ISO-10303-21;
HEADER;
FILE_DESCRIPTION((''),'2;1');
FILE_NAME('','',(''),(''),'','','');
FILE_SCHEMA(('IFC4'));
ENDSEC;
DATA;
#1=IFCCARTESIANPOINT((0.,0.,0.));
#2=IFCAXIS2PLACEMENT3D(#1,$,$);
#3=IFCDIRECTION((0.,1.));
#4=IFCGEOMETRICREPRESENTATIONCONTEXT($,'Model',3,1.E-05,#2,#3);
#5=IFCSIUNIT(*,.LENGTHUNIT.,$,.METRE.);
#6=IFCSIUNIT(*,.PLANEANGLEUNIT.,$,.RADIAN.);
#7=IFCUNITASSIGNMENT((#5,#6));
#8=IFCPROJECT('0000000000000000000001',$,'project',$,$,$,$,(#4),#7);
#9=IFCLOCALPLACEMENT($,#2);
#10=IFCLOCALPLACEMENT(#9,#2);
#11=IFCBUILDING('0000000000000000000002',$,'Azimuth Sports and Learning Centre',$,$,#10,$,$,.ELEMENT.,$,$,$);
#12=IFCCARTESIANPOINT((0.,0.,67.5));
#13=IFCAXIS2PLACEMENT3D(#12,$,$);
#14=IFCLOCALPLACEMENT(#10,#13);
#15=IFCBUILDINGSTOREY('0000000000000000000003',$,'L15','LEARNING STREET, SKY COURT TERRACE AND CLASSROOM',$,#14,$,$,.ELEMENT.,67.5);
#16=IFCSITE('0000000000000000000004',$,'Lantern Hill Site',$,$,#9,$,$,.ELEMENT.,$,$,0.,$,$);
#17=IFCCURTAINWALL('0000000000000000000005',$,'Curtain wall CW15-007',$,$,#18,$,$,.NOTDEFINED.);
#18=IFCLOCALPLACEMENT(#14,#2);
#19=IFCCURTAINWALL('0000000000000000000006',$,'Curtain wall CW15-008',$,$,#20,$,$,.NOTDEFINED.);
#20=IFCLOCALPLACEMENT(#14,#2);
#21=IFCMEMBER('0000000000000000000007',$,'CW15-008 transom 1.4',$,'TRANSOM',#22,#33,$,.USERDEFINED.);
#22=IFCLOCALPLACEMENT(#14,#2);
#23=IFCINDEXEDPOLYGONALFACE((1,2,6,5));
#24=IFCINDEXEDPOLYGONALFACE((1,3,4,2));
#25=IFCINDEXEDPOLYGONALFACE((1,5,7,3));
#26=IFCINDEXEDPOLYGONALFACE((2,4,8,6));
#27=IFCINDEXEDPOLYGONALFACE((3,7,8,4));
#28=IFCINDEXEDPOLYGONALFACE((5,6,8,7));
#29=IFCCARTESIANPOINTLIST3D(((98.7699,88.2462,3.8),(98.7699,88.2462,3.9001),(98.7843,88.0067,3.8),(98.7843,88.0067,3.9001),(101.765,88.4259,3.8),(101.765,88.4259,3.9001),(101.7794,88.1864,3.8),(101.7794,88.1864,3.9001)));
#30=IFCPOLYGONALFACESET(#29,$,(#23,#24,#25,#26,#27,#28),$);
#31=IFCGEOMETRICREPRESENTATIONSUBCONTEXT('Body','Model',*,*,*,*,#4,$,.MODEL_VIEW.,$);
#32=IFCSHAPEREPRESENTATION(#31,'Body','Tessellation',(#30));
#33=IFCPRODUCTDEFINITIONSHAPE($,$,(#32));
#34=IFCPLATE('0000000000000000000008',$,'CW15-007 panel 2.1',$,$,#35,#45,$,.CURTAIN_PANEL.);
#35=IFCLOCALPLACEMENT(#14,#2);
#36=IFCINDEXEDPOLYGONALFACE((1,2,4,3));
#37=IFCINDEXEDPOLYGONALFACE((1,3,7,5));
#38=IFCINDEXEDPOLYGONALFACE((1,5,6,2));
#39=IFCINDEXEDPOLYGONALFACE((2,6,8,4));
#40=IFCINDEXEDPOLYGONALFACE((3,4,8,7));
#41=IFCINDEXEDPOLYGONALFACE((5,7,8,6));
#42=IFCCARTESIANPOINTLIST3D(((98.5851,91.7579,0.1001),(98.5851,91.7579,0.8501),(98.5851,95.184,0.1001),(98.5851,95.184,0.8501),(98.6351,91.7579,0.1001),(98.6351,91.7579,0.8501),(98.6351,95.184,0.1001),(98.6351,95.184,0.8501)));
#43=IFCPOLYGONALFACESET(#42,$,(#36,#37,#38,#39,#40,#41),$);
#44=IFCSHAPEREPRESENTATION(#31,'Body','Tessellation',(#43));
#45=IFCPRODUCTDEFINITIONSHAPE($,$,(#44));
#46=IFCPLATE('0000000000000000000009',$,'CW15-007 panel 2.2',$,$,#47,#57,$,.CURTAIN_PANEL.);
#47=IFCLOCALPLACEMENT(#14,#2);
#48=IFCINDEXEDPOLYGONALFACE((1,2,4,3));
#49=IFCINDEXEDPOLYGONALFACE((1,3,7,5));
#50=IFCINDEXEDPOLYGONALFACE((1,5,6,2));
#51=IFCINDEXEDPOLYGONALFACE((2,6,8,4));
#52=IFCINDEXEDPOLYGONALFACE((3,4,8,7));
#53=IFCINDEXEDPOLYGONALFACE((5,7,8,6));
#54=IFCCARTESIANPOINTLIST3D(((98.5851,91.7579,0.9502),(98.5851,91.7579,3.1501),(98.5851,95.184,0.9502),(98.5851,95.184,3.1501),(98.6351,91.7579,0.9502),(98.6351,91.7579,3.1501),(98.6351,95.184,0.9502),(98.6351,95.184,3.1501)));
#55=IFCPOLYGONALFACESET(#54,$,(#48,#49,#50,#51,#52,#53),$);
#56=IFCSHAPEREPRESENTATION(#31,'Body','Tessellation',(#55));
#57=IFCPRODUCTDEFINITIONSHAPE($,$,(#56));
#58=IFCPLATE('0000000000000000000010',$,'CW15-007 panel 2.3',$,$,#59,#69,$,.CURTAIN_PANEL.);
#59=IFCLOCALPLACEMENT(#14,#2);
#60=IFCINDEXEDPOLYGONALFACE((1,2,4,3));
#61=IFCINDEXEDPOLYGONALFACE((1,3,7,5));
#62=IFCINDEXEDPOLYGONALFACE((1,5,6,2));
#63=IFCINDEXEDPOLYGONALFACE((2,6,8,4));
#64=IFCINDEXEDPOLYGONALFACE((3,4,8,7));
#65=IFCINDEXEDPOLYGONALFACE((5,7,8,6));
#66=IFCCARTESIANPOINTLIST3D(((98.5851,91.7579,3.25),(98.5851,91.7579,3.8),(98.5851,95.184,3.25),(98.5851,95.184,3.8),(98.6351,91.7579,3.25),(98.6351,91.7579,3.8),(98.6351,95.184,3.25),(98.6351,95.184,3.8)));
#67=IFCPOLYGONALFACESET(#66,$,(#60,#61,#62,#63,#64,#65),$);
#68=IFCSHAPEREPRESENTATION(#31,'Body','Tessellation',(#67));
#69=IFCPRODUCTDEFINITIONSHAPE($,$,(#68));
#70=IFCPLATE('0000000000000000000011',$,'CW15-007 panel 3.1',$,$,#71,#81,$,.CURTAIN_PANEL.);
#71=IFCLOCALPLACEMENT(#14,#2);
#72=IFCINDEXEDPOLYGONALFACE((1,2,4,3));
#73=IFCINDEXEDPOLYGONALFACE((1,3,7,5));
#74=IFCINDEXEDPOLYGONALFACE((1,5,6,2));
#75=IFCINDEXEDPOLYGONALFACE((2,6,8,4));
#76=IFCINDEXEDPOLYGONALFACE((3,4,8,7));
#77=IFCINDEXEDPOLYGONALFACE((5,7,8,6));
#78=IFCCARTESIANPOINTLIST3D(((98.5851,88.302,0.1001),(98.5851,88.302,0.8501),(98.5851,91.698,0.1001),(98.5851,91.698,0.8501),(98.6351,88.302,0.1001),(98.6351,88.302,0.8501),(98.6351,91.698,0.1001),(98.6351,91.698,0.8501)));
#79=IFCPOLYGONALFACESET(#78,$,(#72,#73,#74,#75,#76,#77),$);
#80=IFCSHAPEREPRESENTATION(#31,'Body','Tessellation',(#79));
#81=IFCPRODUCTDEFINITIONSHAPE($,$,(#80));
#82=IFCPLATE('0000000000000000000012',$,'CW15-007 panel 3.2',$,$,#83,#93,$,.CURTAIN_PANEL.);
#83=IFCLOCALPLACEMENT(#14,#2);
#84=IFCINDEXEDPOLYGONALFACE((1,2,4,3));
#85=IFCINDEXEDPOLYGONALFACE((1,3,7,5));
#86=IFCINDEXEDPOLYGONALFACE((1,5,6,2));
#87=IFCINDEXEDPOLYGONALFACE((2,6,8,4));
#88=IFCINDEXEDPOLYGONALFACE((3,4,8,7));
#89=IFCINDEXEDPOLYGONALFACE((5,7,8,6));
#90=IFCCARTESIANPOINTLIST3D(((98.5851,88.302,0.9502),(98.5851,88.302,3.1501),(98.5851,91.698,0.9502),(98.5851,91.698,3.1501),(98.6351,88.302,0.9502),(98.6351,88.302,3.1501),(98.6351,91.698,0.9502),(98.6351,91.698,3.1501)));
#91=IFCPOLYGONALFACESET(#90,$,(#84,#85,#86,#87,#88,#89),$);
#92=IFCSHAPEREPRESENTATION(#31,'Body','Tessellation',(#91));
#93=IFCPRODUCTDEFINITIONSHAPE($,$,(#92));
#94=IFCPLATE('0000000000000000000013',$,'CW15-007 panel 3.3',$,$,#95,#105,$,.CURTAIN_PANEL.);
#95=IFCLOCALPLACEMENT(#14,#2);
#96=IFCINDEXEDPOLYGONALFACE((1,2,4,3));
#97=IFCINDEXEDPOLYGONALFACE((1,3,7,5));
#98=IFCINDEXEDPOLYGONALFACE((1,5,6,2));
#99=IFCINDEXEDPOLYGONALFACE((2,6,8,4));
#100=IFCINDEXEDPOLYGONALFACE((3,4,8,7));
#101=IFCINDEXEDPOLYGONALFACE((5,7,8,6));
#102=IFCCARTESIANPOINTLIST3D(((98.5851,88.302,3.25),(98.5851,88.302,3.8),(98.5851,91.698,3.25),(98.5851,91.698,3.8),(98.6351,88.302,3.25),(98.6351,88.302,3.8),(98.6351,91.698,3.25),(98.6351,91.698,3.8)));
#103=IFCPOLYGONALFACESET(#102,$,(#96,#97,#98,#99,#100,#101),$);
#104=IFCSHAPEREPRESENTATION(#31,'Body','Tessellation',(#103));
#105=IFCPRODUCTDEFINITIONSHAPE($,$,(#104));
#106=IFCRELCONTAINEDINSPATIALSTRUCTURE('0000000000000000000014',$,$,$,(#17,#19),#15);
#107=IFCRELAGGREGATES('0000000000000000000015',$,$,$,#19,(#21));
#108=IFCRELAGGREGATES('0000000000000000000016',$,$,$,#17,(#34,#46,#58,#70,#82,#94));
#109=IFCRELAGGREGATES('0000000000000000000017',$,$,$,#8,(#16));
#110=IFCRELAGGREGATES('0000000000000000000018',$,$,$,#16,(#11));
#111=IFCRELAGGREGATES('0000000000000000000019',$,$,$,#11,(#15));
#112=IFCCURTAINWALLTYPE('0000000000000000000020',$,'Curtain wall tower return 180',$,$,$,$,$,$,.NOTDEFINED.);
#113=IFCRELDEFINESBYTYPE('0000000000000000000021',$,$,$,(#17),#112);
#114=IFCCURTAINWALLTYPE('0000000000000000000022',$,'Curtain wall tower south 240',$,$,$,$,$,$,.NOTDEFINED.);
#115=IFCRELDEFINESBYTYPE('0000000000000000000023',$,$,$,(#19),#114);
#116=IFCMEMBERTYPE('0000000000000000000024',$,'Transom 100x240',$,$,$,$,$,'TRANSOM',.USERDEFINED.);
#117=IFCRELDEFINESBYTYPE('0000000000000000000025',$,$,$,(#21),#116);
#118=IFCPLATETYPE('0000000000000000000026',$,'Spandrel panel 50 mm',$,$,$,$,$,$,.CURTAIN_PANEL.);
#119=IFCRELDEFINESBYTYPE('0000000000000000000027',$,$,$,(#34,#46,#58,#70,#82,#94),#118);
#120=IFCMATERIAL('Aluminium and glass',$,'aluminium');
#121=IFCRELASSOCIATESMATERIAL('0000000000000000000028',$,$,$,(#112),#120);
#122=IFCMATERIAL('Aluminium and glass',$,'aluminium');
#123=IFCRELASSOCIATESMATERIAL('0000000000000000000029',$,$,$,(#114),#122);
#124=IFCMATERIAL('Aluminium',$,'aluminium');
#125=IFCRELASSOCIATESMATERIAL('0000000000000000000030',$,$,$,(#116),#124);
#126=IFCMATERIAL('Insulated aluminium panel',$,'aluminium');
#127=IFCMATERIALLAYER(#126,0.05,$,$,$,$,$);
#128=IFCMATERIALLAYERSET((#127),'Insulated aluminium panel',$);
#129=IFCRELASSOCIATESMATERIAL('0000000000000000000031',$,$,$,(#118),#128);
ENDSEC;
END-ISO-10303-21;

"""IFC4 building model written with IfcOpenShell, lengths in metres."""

from ifc_helpers import new_model, si_unit, direction, frame, origin, origin_2d, place, context, subcontext, project, spatial, rectangle, extrude, material, layer, layer_set, material_profile, profile_set, type_object, element, aggregate, save


model = new_model("IFC4")

# Units and contexts
model_context = context("Model", 3, precision=1e-05, world=origin(), true_north=direction((0.0, 1.0)))
body_context = subcontext(model_context, "Body", "Model", "MODEL_VIEW")
ifc_project = project(units=[si_unit("LENGTHUNIT", "METRE"), si_unit("PLANEANGLEUNIT", "RADIAN")], contexts=[model_context])

# Site, building, storey
site_placement = place(None, origin())
site = spatial("IfcSite", under=ifc_project, at=site_placement, Name="Lantern Hill Site", CompositionType="ELEMENT", RefElevation=0.0)
building_placement = place(site_placement, origin())
building = spatial("IfcBuilding", under=site, at=building_placement, Name="Azimuth Sports and Learning Centre", CompositionType="ELEMENT")
storey_placement = place(building_placement, frame((0.0, 0.0, 67.5)))
storey = spatial("IfcBuildingStorey", under=building, at=storey_placement, Name="L15", Description="LEARNING STREET, SKY COURT TERRACE AND CLASSROOM", CompositionType="ELEMENT", Elevation=67.5)

# Curtain wall
ifc_material_1 = material(Name="Aluminium and glass", Category="aluminium")
curtain_wall_type_1 = type_object("IfcCurtainWallType", Name="Curtain wall tower return 180", PredefinedType="NOTDEFINED", material=ifc_material_1)
curtain_wall_1_placement = place(storey_placement, origin())
curtain_wall_1 = element("IfcCurtainWall", 1, at=curtain_wall_1_placement, inside=storey, type_object=curtain_wall_type_1, Name="Curtain wall CW15-007", PredefinedType="NOTDEFINED")

# Curtain wall
ifc_material_2 = material(Name="Aluminium and glass", Category="aluminium")
curtain_wall_type_2 = type_object("IfcCurtainWallType", Name="Curtain wall tower south 240", PredefinedType="NOTDEFINED", material=ifc_material_2)
curtain_wall_2_placement = place(storey_placement, origin())
curtain_wall_2 = element("IfcCurtainWall", 2, at=curtain_wall_2_placement, inside=storey, type_object=curtain_wall_type_2, Name="Curtain wall CW15-008", PredefinedType="NOTDEFINED")

# Member
ifc_material_3 = material(Name="Aluminium", Category="aluminium")
ifc_material_profile_1 = material_profile(ifc_material_3, rectangle(XDim=0.24, YDim=0.1001, at=origin_2d()), Name="Transom 100x240")
ifc_profile_set_1 = profile_set([ifc_material_profile_1], Name="Aluminium")
member_type_1 = type_object("IfcMemberType", Name="Transom 100x240", ElementType="TRANSOM", PredefinedType="USERDEFINED", material=ifc_profile_set_1)
member_1_placement = place(storey_placement, frame((98.7771, 88.1265, 3.8501), z_axis=(0.998205, 0.059886, 0.0), x_axis=(-0.059886, 0.998205, 0.0)))
member_1 = element("IfcMember", 3, at=member_1_placement, type_object=member_type_1, Name="CW15-008 transom 1.4", ObjectType="TRANSOM", PredefinedType="USERDEFINED", context=body_context, shape_type="SweptSolid", body=[
    extrude(rectangle(XDim=0.24, YDim=0.1001, at=origin_2d()), origin(), (0.0, 0.0, 1.0), 3.0005),
])
aggregate(curtain_wall_2, [member_1])

# Plates
ifc_material_4 = material(Name="Insulated aluminium panel", Category="aluminium")
ifc_layer = layer(ifc_material_4, 0.05)
ifc_layer_set = layer_set([ifc_layer], Name="Insulated aluminium panel")
plate_type = type_object("IfcPlateType", Name="Spandrel panel 50 mm", PredefinedType="CURTAIN_PANEL", material=ifc_layer_set)
plate_1_placement = place(storey_placement, frame((98.6101, 93.4709, 0.1001), z_axis=(0.0, 0.0, 1.0), x_axis=(0.0, -1.0, 0.0)))
plate_1 = element("IfcPlate", 4, at=plate_1_placement, type_object=plate_type, Name="CW15-007 panel 2.1", PredefinedType="CURTAIN_PANEL", context=body_context, shape_type="SweptSolid", body=[
    extrude(rectangle(XDim=3.426, YDim=0.05, at=origin_2d()), origin(), (0.0, 0.0, 1.0), 0.75),
])
plate_2_placement = place(storey_placement, frame((98.6101, 93.4709, 0.9502), z_axis=(0.0, 0.0, 1.0), x_axis=(0.0, -1.0, 0.0)))
plate_2 = element("IfcPlate", 5, at=plate_2_placement, type_object=plate_type, Name="CW15-007 panel 2.2", PredefinedType="CURTAIN_PANEL", context=body_context, shape_type="SweptSolid", body=[
    extrude(rectangle(XDim=3.426, YDim=0.05, at=origin_2d()), origin(), (0.0, 0.0, 1.0), 2.2),
])
plate_3_placement = place(storey_placement, frame((98.6101, 93.4709, 3.25), z_axis=(0.0, 0.0, 1.0), x_axis=(0.0, -1.0, 0.0)))
plate_3 = element("IfcPlate", 6, at=plate_3_placement, type_object=plate_type, Name="CW15-007 panel 2.3", PredefinedType="CURTAIN_PANEL", context=body_context, shape_type="SweptSolid", body=[
    extrude(rectangle(XDim=3.426, YDim=0.05, at=origin_2d()), origin(), (0.0, 0.0, 1.0), 0.55),
])
plate_4_placement = place(storey_placement, frame((98.6101, 90.0, 0.1001), z_axis=(0.0, 0.0, 1.0), x_axis=(0.0, -1.0, 0.0)))
plate_4 = element("IfcPlate", 7, at=plate_4_placement, type_object=plate_type, Name="CW15-007 panel 3.1", PredefinedType="CURTAIN_PANEL", context=body_context, shape_type="SweptSolid", body=[
    extrude(rectangle(XDim=3.396, YDim=0.05, at=origin_2d()), origin(), (0.0, 0.0, 1.0), 0.75),
])
plate_5_placement = place(storey_placement, frame((98.6101, 90.0, 0.9502), z_axis=(0.0, 0.0, 1.0), x_axis=(0.0, -1.0, 0.0)))
plate_5 = element("IfcPlate", 8, at=plate_5_placement, type_object=plate_type, Name="CW15-007 panel 3.2", PredefinedType="CURTAIN_PANEL", context=body_context, shape_type="SweptSolid", body=[
    extrude(rectangle(XDim=3.396, YDim=0.05, at=origin_2d()), origin(), (0.0, 0.0, 1.0), 2.2),
])
plate_6_placement = place(storey_placement, frame((98.6101, 90.0, 3.25), z_axis=(0.0, 0.0, 1.0), x_axis=(0.0, -1.0, 0.0)))
plate_6 = element("IfcPlate", 9, at=plate_6_placement, type_object=plate_type, Name="CW15-007 panel 3.3", PredefinedType="CURTAIN_PANEL", context=body_context, shape_type="SweptSolid", body=[
    extrude(rectangle(XDim=3.396, YDim=0.05, at=origin_2d()), origin(), (0.0, 0.0, 1.0), 0.55),
])
aggregate(curtain_wall_1, [plate_1, plate_2, plate_3, plate_4, plate_5, plate_6])

save(model, "model.ifc")
